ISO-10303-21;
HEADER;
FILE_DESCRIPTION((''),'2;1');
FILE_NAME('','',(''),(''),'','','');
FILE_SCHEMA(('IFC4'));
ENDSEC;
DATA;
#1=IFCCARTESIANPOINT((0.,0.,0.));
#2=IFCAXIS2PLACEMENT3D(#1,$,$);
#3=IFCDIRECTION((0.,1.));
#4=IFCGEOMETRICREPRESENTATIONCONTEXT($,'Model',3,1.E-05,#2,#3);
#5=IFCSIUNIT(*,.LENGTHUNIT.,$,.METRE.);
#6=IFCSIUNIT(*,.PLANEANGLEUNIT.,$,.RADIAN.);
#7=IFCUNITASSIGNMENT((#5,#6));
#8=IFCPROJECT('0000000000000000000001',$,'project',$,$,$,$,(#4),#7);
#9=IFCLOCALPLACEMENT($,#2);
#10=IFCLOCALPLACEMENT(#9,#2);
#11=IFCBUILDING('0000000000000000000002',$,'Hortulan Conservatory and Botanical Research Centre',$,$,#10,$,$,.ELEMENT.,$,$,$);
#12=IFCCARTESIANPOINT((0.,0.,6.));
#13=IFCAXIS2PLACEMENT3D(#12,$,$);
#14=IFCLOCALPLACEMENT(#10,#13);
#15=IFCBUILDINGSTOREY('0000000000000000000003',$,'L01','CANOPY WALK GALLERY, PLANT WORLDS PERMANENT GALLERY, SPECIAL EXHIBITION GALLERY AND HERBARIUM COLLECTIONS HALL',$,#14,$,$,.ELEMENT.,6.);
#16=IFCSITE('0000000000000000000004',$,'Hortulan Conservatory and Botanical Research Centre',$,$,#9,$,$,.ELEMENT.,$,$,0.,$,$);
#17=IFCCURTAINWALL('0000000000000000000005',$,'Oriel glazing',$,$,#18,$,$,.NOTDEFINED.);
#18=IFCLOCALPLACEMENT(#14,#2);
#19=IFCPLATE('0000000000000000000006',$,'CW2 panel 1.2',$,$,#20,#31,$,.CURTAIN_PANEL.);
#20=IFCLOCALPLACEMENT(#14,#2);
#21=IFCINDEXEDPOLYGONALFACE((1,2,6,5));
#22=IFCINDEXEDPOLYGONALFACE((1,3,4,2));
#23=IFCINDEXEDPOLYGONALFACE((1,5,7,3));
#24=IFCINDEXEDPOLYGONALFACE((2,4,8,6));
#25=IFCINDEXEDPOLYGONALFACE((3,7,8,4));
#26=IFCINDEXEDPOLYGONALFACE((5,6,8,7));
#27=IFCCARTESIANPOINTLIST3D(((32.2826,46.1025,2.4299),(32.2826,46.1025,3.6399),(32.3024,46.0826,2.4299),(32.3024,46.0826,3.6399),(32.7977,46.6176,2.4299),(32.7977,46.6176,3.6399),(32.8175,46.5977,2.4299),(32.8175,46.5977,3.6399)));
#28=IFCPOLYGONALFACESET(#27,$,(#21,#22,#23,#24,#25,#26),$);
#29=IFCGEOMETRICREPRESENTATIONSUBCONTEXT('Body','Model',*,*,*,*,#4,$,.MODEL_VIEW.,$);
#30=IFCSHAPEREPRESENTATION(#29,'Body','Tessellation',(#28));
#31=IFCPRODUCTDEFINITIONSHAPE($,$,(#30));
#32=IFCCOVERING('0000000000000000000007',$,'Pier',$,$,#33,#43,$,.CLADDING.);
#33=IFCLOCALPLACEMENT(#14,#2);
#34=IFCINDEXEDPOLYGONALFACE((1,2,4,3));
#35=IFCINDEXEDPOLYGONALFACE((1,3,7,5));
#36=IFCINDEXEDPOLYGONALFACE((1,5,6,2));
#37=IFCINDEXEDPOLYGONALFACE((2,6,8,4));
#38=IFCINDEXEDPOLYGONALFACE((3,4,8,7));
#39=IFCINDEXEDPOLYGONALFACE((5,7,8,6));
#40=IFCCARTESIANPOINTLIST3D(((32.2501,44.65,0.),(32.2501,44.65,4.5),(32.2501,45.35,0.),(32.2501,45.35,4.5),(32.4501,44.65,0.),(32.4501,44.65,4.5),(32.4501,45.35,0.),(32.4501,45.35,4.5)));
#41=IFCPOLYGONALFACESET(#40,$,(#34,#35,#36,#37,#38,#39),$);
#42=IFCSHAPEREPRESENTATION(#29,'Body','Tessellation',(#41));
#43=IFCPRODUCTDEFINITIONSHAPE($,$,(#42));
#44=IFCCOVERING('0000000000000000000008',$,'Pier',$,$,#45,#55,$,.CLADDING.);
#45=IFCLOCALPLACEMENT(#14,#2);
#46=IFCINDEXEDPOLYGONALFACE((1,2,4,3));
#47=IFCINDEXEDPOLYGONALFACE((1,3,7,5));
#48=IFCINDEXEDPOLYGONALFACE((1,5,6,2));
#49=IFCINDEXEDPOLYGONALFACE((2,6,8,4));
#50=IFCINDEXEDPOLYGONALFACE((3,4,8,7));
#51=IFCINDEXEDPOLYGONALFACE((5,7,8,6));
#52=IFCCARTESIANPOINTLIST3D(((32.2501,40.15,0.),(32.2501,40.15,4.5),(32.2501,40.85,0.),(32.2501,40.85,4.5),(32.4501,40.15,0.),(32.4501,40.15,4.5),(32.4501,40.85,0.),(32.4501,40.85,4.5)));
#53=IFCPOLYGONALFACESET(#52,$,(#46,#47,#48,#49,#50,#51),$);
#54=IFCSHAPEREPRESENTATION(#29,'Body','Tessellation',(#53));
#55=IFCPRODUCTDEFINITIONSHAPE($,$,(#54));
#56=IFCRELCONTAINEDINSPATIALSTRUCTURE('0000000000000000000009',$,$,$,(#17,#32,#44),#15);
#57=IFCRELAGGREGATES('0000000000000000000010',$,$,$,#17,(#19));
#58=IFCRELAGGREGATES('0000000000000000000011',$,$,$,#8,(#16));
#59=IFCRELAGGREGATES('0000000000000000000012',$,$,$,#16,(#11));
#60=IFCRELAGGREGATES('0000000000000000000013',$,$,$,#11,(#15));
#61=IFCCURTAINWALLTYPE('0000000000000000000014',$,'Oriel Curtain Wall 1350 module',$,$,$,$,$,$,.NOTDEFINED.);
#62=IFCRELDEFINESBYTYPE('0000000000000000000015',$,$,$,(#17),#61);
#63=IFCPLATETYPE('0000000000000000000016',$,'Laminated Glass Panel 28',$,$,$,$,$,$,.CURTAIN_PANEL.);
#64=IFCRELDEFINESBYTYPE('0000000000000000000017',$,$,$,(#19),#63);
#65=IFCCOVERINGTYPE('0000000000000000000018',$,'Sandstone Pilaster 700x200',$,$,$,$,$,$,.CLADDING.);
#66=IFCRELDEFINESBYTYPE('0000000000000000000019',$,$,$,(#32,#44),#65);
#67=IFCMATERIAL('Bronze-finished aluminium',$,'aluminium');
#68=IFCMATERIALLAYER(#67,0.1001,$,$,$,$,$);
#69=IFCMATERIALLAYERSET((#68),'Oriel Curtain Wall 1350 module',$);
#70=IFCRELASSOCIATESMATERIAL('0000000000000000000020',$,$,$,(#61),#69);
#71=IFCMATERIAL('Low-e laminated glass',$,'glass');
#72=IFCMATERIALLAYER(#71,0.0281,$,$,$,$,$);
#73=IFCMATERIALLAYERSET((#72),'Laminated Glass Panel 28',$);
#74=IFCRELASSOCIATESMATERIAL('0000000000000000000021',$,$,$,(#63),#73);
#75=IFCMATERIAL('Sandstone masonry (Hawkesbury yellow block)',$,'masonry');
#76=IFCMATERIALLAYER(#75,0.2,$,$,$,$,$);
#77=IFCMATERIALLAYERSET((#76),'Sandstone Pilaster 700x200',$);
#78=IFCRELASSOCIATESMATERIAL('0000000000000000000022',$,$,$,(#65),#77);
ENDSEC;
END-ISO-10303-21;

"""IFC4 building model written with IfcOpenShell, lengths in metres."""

from ifc_helpers import new_model, si_unit, direction, frame, origin, origin_2d, place, context, subcontext, project, spatial, rectangle, extrude, material, layer, layer_set, type_object, element, aggregate, save


model = new_model("IFC4")

# Units and contexts
model_context = context("Model", 3, precision=1e-05, world=origin(), true_north=direction((0.0, 1.0)))
body_context = subcontext(model_context, "Body", "Model", "MODEL_VIEW")
ifc_project = project(units=[si_unit("LENGTHUNIT", "METRE"), si_unit("PLANEANGLEUNIT", "RADIAN")], contexts=[model_context])

# Site, building, storey
site_placement = place(None, origin())
site = spatial("IfcSite", under=ifc_project, at=site_placement, Name="Hortulan Conservatory and Botanical Research Centre", CompositionType="ELEMENT", RefElevation=0.0)
building_placement = place(site_placement, origin())
building = spatial("IfcBuilding", under=site, at=building_placement, Name="Hortulan Conservatory and Botanical Research Centre", CompositionType="ELEMENT")
storey_placement = place(building_placement, frame((0.0, 0.0, 6.0)))
storey = spatial("IfcBuildingStorey", under=building, at=storey_placement, Name="L01", Description="CANOPY WALK GALLERY, PLANT WORLDS PERMANENT GALLERY, SPECIAL EXHIBITION GALLERY AND HERBARIUM COLLECTIONS HALL", CompositionType="ELEMENT", Elevation=6.0)

# Shared definitions
ifc_material_1 = material(Name="Bronze-finished aluminium", Category="aluminium")
ifc_layer_1 = layer(ifc_material_1, 0.1001)
ifc_layer_set_1 = layer_set([ifc_layer_1], Name="Oriel Curtain Wall 1350 module")
curtain_wall_type = type_object("IfcCurtainWallType", Name="Oriel Curtain Wall 1350 module", PredefinedType="NOTDEFINED", material=ifc_layer_set_1)

# Curtain wall
curtain_wall_1_placement = place(storey_placement, origin())
curtain_wall_1 = element("IfcCurtainWall", 1, at=curtain_wall_1_placement, inside=storey, type_object=curtain_wall_type, Name="Oriel glazing", PredefinedType="NOTDEFINED")

# Plate
ifc_material_2 = material(Name="Low-e laminated glass", Category="glass")
ifc_layer_2 = layer(ifc_material_2, 0.0281)
ifc_layer_set_2 = layer_set([ifc_layer_2], Name="Laminated Glass Panel 28")
plate_type = type_object("IfcPlateType", Name="Laminated Glass Panel 28", PredefinedType="CURTAIN_PANEL", material=ifc_layer_set_2)
plate_1_placement = place(storey_placement, frame((32.55, 46.3501, 2.4299), z_axis=(0.0, 0.0, 1.0), x_axis=(-0.707107, -0.707107, 0.0)))
plate_1 = element("IfcPlate", 2, at=plate_1_placement, type_object=plate_type, Name="CW2 panel 1.2", PredefinedType="CURTAIN_PANEL", context=body_context, shape_type="SweptSolid", body=[
    extrude(rectangle(XDim=0.7285, YDim=0.0281, at=origin_2d()), origin(), (0.0, 0.0, 1.0), 1.21),
])
aggregate(curtain_wall_1, [plate_1])

# Coverings
ifc_material_3 = material(Name="Sandstone masonry (Hawkesbury yellow block)", Category="masonry")
ifc_layer_3 = layer(ifc_material_3, 0.2)
ifc_layer_set_3 = layer_set([ifc_layer_3], Name="Sandstone Pilaster 700x200")
covering_type = type_object("IfcCoveringType", Name="Sandstone Pilaster 700x200", PredefinedType="CLADDING", material=ifc_layer_set_3)
for number, where, z_axis, x_axis, name in (
    (3, (32.3501, 45.0, 0.0), (0.0, 0.0, 1.0), (0.0, -1.0, 0.0), "Pier"),
    (4, (32.3501, 40.5, 0.0), (0.0, 0.0, 1.0), (0.0, -1.0, 0.0), "Pier"),
):
    element("IfcCovering", number, at=place(storey_placement, frame(where, z_axis=z_axis, x_axis=x_axis)), inside=storey, type_object=covering_type, Name=name, PredefinedType="CLADDING", context=body_context, shape_type="SweptSolid", body=[
        extrude(rectangle(XDim=0.7, YDim=0.2, at=origin_2d()), origin(), (0.0, 0.0, 1.0), 4.5),
    ])

save(model, "model.ifc")
